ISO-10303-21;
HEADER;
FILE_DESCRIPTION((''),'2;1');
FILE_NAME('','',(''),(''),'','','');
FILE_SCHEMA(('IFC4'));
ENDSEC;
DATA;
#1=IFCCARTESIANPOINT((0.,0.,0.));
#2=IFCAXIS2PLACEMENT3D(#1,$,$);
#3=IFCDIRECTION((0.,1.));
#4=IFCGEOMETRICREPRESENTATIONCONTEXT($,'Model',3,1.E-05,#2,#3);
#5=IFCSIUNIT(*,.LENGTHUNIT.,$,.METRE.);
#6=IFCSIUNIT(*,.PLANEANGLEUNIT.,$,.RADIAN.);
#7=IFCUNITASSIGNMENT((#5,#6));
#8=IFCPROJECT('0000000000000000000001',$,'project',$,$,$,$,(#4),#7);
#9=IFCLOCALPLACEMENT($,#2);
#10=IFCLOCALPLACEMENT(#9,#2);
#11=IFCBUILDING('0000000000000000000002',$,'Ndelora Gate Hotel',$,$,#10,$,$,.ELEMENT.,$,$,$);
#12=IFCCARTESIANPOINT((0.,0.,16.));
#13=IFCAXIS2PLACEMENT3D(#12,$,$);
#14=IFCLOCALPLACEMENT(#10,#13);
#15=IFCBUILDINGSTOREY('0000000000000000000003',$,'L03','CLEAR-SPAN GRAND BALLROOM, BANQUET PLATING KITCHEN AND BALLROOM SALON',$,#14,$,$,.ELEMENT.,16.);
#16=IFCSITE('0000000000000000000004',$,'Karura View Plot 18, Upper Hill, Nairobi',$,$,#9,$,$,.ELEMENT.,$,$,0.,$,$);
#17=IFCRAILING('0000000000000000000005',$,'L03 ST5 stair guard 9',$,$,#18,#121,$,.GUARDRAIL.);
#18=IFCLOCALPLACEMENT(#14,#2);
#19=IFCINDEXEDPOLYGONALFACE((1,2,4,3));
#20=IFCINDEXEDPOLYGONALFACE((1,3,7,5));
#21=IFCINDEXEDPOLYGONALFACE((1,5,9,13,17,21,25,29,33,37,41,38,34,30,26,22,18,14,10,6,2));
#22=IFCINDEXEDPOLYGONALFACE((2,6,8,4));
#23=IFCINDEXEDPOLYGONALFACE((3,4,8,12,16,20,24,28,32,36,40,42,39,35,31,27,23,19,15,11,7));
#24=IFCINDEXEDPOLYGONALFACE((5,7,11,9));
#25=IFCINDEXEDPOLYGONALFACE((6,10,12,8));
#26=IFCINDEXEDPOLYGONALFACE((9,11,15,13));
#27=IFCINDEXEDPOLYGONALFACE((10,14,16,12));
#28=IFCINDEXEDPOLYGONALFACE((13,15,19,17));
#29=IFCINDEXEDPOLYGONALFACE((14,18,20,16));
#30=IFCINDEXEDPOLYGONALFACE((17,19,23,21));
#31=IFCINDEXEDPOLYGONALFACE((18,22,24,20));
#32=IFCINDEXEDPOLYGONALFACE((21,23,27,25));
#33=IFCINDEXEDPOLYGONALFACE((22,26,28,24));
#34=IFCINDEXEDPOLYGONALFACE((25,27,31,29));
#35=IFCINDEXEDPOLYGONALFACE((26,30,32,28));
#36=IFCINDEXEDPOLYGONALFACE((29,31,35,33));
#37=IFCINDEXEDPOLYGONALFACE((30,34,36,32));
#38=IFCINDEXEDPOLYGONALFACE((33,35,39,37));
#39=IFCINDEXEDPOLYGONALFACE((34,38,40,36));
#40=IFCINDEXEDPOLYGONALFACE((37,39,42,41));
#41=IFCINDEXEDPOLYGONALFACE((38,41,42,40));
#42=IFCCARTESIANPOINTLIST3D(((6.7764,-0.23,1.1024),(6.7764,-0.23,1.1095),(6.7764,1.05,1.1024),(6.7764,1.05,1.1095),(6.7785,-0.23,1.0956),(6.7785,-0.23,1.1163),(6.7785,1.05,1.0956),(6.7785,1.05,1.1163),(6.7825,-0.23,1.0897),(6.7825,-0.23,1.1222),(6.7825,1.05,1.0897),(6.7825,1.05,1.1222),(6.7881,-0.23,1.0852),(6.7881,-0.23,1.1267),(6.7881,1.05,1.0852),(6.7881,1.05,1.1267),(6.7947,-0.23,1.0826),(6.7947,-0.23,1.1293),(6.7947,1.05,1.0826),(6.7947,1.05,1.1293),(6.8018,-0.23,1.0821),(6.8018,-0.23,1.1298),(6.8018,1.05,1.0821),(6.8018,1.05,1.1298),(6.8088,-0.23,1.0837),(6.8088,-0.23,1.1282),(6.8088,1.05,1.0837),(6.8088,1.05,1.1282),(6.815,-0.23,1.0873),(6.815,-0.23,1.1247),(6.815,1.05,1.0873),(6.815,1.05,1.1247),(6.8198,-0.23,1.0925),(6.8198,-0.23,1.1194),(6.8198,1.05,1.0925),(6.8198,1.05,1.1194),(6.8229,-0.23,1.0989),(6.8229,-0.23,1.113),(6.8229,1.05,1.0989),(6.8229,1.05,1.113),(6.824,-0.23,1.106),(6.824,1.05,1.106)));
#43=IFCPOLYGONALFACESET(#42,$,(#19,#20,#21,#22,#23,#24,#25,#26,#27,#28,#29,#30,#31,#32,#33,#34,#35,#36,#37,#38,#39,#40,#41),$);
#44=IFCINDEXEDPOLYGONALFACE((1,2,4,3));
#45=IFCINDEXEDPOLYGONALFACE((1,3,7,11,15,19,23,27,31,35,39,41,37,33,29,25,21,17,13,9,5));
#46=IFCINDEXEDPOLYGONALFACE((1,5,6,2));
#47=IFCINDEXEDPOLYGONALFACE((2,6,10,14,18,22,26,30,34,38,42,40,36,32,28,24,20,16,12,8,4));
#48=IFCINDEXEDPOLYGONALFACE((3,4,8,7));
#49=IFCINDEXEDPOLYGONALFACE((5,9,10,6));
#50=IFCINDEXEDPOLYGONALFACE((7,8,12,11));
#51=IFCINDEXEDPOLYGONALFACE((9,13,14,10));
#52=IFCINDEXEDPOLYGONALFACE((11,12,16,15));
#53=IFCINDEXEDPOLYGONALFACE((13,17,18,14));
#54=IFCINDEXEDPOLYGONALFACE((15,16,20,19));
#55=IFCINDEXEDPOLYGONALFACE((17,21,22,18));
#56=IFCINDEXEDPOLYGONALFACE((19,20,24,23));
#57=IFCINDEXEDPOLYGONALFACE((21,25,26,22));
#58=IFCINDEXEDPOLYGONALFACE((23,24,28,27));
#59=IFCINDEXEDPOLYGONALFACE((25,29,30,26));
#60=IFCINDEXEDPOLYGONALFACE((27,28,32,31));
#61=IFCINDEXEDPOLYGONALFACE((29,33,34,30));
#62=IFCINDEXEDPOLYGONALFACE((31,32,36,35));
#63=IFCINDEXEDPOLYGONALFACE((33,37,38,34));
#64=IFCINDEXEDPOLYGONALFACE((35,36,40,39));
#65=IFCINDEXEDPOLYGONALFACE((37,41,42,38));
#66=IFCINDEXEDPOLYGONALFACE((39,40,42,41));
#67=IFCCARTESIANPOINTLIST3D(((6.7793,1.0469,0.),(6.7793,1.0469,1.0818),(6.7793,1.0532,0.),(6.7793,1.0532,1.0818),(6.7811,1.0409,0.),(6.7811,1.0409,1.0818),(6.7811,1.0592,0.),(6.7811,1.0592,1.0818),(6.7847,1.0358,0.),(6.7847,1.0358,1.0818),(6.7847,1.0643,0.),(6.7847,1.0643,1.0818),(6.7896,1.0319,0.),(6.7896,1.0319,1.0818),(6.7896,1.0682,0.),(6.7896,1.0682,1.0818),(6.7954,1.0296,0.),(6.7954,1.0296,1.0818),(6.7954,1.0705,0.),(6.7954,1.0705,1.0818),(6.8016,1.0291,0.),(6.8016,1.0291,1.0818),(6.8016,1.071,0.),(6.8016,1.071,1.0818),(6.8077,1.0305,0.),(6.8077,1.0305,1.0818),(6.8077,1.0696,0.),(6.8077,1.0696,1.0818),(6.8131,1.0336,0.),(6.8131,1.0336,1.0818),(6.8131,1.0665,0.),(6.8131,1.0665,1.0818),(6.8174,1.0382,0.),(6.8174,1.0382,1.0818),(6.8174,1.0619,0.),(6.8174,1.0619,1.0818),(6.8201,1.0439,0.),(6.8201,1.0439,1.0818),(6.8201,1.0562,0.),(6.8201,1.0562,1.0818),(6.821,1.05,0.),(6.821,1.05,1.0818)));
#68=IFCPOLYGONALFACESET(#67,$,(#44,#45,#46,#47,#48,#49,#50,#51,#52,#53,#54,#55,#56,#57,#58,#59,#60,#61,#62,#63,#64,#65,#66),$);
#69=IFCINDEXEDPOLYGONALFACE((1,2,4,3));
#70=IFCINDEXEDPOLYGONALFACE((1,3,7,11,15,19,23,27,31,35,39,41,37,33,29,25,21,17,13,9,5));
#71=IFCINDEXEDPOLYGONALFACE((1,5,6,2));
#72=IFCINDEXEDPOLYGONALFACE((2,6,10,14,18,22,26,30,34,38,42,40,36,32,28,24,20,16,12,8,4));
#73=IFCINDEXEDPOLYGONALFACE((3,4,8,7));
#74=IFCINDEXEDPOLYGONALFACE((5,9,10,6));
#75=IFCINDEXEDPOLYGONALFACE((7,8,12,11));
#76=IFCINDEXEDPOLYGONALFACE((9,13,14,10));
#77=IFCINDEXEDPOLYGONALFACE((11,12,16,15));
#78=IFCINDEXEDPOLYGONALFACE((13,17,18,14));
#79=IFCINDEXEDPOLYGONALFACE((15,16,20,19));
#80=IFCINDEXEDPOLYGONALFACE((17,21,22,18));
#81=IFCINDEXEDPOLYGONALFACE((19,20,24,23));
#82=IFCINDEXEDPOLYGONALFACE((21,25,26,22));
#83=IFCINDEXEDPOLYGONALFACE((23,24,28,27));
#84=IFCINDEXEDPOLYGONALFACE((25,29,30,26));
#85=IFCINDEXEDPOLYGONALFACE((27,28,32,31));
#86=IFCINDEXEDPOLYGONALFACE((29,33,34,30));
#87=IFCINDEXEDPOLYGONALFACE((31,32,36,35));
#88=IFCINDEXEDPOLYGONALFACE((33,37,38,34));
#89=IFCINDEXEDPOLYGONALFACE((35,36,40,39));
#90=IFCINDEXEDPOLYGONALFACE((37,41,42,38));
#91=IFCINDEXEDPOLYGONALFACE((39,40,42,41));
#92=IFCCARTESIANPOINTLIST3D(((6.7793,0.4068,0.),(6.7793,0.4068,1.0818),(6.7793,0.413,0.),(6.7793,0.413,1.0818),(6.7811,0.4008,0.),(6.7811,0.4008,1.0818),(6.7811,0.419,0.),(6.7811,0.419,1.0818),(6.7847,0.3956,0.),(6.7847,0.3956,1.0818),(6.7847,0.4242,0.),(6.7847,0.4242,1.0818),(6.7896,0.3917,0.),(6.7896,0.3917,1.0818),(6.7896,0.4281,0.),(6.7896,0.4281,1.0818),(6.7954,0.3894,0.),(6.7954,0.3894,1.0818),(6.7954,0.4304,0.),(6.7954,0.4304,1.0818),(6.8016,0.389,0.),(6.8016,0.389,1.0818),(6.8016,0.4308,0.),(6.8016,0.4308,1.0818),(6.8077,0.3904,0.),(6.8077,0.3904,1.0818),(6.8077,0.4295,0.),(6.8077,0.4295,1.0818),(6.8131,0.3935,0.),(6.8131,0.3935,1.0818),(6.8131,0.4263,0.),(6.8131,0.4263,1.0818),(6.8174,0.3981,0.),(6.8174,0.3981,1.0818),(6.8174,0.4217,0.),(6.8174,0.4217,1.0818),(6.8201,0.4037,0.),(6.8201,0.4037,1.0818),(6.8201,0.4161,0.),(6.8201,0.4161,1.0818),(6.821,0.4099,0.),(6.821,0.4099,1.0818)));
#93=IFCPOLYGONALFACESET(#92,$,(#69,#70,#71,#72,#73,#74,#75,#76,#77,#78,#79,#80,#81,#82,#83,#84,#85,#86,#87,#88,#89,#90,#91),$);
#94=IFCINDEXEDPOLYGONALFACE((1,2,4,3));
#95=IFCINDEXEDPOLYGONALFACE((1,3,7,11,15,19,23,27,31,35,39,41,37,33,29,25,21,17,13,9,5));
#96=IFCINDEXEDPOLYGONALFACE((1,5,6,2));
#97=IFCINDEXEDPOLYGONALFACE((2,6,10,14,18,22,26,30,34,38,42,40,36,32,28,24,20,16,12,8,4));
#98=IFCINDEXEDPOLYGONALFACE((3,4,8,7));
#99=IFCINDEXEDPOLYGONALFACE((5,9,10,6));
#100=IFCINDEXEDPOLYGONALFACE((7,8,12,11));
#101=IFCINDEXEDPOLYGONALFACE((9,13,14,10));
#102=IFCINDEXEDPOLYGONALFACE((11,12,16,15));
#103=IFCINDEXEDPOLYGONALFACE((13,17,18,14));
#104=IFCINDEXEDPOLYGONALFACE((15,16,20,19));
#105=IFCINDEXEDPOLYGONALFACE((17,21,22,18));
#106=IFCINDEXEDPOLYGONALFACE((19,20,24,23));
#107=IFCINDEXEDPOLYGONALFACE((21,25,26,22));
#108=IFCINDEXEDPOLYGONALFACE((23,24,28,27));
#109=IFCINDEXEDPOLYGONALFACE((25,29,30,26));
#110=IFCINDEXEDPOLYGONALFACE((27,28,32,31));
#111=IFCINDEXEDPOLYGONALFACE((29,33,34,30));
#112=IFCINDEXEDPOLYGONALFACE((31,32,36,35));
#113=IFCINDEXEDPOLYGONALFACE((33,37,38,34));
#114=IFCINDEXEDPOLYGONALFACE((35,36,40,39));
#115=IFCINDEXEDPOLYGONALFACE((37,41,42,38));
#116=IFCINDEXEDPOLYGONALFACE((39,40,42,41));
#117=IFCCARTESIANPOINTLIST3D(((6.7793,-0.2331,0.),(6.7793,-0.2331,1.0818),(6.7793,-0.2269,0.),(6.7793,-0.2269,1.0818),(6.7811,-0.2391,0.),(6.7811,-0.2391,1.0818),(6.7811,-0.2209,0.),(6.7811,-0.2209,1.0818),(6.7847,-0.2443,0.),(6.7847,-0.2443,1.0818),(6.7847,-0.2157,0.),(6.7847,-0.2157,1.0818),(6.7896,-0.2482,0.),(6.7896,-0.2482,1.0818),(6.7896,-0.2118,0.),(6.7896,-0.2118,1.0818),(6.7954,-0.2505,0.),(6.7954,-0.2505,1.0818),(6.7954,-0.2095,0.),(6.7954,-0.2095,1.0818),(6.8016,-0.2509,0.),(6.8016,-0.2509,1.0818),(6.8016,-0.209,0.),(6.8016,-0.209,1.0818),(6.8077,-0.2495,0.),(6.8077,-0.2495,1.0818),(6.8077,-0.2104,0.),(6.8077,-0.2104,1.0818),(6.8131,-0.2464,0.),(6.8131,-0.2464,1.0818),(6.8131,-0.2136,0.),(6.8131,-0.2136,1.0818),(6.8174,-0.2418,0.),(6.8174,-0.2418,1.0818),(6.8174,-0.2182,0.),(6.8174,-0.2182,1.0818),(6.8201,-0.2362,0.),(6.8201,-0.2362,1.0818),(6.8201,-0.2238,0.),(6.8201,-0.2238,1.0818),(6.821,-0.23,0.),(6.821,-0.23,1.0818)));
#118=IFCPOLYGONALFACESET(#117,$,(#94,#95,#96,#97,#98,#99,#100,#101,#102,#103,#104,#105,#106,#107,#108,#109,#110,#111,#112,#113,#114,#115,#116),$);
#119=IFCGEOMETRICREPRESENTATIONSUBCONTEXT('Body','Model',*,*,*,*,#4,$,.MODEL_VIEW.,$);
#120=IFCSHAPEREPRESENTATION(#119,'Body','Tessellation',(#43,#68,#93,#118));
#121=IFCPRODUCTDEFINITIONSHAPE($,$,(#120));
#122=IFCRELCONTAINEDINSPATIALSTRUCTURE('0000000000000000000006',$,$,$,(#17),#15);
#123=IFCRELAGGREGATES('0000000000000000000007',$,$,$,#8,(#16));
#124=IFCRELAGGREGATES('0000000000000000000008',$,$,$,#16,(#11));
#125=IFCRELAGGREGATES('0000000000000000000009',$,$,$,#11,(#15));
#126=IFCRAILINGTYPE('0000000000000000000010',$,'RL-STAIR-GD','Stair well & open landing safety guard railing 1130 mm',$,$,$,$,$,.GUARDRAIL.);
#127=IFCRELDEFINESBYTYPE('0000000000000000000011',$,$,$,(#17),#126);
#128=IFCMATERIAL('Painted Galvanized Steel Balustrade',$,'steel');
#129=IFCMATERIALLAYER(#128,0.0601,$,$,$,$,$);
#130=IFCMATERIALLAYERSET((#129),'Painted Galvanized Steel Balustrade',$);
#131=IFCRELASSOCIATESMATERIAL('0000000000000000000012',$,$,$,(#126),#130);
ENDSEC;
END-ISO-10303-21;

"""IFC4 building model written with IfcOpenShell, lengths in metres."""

from ifc_helpers import new_model, si_unit, direction, frame, origin, origin_2d, place, context, subcontext, project, spatial, circle, extrude, material, layer, layer_set, type_object, element, save


model = new_model("IFC4")

# Units and contexts
model_context = context("Model", 3, precision=1e-05, world=origin(), true_north=direction((0.0, 1.0)))
body_context = subcontext(model_context, "Body", "Model", "MODEL_VIEW")
ifc_project = project(units=[si_unit("LENGTHUNIT", "METRE"), si_unit("PLANEANGLEUNIT", "RADIAN")], contexts=[model_context])

# Site, building, storey
site_placement = place(None, origin())
site = spatial("IfcSite", under=ifc_project, at=site_placement, Name="Karura View Plot 18, Upper Hill, Nairobi", CompositionType="ELEMENT", RefElevation=0.0)
building_placement = place(site_placement, origin())
building = spatial("IfcBuilding", under=site, at=building_placement, Name="Ndelora Gate Hotel", CompositionType="ELEMENT")
storey_placement = place(building_placement, frame((0.0, 0.0, 16.0)))
storey = spatial("IfcBuildingStorey", under=building, at=storey_placement, Name="L03", Description="CLEAR-SPAN GRAND BALLROOM, BANQUET PLATING KITCHEN AND BALLROOM SALON", CompositionType="ELEMENT", Elevation=16.0)

# Railing
ifc_material_1 = material(Name="Painted Galvanized Steel Balustrade", Category="steel")
ifc_layer_1 = layer(ifc_material_1, 0.0601)
ifc_layer_set_1 = layer_set([ifc_layer_1], Name="Painted Galvanized Steel Balustrade")
railing_type_1 = type_object("IfcRailingType", Name="RL-STAIR-GD", Description="Stair well & open landing safety guard railing 1130 mm", PredefinedType="GUARDRAIL", material=ifc_layer_set_1)
for number, where, name in (
    (1, (6.8, 1.05, 0.0), "L03 ST5 stair guard 9"),
):
    element("IfcRailing", number, at=place(storey_placement, frame(where)), inside=storey, type_object=railing_type_1, Name=name, PredefinedType="GUARDRAIL", context=body_context, shape_type="SweptSolid", body=[
        extrude(circle(Radius=0.0239, at=origin_2d()), frame((0.0, 0.0, 1.106), z_axis=(0.0, -1.0, 0.0), x_axis=(1.0, 0.0, 0.0)), (0.0, 0.0, 1.0), 1.28),
        extrude(circle(Radius=0.021, at=origin_2d()), origin(), (0.0, 0.0, 1.0), 1.0818),
        extrude(circle(Radius=0.021, at=origin_2d()), frame((0.0, -0.6401, 0.0)), (0.0, 0.0, 1.0), 1.0818),
        extrude(circle(Radius=0.021, at=origin_2d()), frame((0.0, -1.28, 0.0)), (0.0, 0.0, 1.0), 1.0818),
    ])

save(model, "model.ifc")
